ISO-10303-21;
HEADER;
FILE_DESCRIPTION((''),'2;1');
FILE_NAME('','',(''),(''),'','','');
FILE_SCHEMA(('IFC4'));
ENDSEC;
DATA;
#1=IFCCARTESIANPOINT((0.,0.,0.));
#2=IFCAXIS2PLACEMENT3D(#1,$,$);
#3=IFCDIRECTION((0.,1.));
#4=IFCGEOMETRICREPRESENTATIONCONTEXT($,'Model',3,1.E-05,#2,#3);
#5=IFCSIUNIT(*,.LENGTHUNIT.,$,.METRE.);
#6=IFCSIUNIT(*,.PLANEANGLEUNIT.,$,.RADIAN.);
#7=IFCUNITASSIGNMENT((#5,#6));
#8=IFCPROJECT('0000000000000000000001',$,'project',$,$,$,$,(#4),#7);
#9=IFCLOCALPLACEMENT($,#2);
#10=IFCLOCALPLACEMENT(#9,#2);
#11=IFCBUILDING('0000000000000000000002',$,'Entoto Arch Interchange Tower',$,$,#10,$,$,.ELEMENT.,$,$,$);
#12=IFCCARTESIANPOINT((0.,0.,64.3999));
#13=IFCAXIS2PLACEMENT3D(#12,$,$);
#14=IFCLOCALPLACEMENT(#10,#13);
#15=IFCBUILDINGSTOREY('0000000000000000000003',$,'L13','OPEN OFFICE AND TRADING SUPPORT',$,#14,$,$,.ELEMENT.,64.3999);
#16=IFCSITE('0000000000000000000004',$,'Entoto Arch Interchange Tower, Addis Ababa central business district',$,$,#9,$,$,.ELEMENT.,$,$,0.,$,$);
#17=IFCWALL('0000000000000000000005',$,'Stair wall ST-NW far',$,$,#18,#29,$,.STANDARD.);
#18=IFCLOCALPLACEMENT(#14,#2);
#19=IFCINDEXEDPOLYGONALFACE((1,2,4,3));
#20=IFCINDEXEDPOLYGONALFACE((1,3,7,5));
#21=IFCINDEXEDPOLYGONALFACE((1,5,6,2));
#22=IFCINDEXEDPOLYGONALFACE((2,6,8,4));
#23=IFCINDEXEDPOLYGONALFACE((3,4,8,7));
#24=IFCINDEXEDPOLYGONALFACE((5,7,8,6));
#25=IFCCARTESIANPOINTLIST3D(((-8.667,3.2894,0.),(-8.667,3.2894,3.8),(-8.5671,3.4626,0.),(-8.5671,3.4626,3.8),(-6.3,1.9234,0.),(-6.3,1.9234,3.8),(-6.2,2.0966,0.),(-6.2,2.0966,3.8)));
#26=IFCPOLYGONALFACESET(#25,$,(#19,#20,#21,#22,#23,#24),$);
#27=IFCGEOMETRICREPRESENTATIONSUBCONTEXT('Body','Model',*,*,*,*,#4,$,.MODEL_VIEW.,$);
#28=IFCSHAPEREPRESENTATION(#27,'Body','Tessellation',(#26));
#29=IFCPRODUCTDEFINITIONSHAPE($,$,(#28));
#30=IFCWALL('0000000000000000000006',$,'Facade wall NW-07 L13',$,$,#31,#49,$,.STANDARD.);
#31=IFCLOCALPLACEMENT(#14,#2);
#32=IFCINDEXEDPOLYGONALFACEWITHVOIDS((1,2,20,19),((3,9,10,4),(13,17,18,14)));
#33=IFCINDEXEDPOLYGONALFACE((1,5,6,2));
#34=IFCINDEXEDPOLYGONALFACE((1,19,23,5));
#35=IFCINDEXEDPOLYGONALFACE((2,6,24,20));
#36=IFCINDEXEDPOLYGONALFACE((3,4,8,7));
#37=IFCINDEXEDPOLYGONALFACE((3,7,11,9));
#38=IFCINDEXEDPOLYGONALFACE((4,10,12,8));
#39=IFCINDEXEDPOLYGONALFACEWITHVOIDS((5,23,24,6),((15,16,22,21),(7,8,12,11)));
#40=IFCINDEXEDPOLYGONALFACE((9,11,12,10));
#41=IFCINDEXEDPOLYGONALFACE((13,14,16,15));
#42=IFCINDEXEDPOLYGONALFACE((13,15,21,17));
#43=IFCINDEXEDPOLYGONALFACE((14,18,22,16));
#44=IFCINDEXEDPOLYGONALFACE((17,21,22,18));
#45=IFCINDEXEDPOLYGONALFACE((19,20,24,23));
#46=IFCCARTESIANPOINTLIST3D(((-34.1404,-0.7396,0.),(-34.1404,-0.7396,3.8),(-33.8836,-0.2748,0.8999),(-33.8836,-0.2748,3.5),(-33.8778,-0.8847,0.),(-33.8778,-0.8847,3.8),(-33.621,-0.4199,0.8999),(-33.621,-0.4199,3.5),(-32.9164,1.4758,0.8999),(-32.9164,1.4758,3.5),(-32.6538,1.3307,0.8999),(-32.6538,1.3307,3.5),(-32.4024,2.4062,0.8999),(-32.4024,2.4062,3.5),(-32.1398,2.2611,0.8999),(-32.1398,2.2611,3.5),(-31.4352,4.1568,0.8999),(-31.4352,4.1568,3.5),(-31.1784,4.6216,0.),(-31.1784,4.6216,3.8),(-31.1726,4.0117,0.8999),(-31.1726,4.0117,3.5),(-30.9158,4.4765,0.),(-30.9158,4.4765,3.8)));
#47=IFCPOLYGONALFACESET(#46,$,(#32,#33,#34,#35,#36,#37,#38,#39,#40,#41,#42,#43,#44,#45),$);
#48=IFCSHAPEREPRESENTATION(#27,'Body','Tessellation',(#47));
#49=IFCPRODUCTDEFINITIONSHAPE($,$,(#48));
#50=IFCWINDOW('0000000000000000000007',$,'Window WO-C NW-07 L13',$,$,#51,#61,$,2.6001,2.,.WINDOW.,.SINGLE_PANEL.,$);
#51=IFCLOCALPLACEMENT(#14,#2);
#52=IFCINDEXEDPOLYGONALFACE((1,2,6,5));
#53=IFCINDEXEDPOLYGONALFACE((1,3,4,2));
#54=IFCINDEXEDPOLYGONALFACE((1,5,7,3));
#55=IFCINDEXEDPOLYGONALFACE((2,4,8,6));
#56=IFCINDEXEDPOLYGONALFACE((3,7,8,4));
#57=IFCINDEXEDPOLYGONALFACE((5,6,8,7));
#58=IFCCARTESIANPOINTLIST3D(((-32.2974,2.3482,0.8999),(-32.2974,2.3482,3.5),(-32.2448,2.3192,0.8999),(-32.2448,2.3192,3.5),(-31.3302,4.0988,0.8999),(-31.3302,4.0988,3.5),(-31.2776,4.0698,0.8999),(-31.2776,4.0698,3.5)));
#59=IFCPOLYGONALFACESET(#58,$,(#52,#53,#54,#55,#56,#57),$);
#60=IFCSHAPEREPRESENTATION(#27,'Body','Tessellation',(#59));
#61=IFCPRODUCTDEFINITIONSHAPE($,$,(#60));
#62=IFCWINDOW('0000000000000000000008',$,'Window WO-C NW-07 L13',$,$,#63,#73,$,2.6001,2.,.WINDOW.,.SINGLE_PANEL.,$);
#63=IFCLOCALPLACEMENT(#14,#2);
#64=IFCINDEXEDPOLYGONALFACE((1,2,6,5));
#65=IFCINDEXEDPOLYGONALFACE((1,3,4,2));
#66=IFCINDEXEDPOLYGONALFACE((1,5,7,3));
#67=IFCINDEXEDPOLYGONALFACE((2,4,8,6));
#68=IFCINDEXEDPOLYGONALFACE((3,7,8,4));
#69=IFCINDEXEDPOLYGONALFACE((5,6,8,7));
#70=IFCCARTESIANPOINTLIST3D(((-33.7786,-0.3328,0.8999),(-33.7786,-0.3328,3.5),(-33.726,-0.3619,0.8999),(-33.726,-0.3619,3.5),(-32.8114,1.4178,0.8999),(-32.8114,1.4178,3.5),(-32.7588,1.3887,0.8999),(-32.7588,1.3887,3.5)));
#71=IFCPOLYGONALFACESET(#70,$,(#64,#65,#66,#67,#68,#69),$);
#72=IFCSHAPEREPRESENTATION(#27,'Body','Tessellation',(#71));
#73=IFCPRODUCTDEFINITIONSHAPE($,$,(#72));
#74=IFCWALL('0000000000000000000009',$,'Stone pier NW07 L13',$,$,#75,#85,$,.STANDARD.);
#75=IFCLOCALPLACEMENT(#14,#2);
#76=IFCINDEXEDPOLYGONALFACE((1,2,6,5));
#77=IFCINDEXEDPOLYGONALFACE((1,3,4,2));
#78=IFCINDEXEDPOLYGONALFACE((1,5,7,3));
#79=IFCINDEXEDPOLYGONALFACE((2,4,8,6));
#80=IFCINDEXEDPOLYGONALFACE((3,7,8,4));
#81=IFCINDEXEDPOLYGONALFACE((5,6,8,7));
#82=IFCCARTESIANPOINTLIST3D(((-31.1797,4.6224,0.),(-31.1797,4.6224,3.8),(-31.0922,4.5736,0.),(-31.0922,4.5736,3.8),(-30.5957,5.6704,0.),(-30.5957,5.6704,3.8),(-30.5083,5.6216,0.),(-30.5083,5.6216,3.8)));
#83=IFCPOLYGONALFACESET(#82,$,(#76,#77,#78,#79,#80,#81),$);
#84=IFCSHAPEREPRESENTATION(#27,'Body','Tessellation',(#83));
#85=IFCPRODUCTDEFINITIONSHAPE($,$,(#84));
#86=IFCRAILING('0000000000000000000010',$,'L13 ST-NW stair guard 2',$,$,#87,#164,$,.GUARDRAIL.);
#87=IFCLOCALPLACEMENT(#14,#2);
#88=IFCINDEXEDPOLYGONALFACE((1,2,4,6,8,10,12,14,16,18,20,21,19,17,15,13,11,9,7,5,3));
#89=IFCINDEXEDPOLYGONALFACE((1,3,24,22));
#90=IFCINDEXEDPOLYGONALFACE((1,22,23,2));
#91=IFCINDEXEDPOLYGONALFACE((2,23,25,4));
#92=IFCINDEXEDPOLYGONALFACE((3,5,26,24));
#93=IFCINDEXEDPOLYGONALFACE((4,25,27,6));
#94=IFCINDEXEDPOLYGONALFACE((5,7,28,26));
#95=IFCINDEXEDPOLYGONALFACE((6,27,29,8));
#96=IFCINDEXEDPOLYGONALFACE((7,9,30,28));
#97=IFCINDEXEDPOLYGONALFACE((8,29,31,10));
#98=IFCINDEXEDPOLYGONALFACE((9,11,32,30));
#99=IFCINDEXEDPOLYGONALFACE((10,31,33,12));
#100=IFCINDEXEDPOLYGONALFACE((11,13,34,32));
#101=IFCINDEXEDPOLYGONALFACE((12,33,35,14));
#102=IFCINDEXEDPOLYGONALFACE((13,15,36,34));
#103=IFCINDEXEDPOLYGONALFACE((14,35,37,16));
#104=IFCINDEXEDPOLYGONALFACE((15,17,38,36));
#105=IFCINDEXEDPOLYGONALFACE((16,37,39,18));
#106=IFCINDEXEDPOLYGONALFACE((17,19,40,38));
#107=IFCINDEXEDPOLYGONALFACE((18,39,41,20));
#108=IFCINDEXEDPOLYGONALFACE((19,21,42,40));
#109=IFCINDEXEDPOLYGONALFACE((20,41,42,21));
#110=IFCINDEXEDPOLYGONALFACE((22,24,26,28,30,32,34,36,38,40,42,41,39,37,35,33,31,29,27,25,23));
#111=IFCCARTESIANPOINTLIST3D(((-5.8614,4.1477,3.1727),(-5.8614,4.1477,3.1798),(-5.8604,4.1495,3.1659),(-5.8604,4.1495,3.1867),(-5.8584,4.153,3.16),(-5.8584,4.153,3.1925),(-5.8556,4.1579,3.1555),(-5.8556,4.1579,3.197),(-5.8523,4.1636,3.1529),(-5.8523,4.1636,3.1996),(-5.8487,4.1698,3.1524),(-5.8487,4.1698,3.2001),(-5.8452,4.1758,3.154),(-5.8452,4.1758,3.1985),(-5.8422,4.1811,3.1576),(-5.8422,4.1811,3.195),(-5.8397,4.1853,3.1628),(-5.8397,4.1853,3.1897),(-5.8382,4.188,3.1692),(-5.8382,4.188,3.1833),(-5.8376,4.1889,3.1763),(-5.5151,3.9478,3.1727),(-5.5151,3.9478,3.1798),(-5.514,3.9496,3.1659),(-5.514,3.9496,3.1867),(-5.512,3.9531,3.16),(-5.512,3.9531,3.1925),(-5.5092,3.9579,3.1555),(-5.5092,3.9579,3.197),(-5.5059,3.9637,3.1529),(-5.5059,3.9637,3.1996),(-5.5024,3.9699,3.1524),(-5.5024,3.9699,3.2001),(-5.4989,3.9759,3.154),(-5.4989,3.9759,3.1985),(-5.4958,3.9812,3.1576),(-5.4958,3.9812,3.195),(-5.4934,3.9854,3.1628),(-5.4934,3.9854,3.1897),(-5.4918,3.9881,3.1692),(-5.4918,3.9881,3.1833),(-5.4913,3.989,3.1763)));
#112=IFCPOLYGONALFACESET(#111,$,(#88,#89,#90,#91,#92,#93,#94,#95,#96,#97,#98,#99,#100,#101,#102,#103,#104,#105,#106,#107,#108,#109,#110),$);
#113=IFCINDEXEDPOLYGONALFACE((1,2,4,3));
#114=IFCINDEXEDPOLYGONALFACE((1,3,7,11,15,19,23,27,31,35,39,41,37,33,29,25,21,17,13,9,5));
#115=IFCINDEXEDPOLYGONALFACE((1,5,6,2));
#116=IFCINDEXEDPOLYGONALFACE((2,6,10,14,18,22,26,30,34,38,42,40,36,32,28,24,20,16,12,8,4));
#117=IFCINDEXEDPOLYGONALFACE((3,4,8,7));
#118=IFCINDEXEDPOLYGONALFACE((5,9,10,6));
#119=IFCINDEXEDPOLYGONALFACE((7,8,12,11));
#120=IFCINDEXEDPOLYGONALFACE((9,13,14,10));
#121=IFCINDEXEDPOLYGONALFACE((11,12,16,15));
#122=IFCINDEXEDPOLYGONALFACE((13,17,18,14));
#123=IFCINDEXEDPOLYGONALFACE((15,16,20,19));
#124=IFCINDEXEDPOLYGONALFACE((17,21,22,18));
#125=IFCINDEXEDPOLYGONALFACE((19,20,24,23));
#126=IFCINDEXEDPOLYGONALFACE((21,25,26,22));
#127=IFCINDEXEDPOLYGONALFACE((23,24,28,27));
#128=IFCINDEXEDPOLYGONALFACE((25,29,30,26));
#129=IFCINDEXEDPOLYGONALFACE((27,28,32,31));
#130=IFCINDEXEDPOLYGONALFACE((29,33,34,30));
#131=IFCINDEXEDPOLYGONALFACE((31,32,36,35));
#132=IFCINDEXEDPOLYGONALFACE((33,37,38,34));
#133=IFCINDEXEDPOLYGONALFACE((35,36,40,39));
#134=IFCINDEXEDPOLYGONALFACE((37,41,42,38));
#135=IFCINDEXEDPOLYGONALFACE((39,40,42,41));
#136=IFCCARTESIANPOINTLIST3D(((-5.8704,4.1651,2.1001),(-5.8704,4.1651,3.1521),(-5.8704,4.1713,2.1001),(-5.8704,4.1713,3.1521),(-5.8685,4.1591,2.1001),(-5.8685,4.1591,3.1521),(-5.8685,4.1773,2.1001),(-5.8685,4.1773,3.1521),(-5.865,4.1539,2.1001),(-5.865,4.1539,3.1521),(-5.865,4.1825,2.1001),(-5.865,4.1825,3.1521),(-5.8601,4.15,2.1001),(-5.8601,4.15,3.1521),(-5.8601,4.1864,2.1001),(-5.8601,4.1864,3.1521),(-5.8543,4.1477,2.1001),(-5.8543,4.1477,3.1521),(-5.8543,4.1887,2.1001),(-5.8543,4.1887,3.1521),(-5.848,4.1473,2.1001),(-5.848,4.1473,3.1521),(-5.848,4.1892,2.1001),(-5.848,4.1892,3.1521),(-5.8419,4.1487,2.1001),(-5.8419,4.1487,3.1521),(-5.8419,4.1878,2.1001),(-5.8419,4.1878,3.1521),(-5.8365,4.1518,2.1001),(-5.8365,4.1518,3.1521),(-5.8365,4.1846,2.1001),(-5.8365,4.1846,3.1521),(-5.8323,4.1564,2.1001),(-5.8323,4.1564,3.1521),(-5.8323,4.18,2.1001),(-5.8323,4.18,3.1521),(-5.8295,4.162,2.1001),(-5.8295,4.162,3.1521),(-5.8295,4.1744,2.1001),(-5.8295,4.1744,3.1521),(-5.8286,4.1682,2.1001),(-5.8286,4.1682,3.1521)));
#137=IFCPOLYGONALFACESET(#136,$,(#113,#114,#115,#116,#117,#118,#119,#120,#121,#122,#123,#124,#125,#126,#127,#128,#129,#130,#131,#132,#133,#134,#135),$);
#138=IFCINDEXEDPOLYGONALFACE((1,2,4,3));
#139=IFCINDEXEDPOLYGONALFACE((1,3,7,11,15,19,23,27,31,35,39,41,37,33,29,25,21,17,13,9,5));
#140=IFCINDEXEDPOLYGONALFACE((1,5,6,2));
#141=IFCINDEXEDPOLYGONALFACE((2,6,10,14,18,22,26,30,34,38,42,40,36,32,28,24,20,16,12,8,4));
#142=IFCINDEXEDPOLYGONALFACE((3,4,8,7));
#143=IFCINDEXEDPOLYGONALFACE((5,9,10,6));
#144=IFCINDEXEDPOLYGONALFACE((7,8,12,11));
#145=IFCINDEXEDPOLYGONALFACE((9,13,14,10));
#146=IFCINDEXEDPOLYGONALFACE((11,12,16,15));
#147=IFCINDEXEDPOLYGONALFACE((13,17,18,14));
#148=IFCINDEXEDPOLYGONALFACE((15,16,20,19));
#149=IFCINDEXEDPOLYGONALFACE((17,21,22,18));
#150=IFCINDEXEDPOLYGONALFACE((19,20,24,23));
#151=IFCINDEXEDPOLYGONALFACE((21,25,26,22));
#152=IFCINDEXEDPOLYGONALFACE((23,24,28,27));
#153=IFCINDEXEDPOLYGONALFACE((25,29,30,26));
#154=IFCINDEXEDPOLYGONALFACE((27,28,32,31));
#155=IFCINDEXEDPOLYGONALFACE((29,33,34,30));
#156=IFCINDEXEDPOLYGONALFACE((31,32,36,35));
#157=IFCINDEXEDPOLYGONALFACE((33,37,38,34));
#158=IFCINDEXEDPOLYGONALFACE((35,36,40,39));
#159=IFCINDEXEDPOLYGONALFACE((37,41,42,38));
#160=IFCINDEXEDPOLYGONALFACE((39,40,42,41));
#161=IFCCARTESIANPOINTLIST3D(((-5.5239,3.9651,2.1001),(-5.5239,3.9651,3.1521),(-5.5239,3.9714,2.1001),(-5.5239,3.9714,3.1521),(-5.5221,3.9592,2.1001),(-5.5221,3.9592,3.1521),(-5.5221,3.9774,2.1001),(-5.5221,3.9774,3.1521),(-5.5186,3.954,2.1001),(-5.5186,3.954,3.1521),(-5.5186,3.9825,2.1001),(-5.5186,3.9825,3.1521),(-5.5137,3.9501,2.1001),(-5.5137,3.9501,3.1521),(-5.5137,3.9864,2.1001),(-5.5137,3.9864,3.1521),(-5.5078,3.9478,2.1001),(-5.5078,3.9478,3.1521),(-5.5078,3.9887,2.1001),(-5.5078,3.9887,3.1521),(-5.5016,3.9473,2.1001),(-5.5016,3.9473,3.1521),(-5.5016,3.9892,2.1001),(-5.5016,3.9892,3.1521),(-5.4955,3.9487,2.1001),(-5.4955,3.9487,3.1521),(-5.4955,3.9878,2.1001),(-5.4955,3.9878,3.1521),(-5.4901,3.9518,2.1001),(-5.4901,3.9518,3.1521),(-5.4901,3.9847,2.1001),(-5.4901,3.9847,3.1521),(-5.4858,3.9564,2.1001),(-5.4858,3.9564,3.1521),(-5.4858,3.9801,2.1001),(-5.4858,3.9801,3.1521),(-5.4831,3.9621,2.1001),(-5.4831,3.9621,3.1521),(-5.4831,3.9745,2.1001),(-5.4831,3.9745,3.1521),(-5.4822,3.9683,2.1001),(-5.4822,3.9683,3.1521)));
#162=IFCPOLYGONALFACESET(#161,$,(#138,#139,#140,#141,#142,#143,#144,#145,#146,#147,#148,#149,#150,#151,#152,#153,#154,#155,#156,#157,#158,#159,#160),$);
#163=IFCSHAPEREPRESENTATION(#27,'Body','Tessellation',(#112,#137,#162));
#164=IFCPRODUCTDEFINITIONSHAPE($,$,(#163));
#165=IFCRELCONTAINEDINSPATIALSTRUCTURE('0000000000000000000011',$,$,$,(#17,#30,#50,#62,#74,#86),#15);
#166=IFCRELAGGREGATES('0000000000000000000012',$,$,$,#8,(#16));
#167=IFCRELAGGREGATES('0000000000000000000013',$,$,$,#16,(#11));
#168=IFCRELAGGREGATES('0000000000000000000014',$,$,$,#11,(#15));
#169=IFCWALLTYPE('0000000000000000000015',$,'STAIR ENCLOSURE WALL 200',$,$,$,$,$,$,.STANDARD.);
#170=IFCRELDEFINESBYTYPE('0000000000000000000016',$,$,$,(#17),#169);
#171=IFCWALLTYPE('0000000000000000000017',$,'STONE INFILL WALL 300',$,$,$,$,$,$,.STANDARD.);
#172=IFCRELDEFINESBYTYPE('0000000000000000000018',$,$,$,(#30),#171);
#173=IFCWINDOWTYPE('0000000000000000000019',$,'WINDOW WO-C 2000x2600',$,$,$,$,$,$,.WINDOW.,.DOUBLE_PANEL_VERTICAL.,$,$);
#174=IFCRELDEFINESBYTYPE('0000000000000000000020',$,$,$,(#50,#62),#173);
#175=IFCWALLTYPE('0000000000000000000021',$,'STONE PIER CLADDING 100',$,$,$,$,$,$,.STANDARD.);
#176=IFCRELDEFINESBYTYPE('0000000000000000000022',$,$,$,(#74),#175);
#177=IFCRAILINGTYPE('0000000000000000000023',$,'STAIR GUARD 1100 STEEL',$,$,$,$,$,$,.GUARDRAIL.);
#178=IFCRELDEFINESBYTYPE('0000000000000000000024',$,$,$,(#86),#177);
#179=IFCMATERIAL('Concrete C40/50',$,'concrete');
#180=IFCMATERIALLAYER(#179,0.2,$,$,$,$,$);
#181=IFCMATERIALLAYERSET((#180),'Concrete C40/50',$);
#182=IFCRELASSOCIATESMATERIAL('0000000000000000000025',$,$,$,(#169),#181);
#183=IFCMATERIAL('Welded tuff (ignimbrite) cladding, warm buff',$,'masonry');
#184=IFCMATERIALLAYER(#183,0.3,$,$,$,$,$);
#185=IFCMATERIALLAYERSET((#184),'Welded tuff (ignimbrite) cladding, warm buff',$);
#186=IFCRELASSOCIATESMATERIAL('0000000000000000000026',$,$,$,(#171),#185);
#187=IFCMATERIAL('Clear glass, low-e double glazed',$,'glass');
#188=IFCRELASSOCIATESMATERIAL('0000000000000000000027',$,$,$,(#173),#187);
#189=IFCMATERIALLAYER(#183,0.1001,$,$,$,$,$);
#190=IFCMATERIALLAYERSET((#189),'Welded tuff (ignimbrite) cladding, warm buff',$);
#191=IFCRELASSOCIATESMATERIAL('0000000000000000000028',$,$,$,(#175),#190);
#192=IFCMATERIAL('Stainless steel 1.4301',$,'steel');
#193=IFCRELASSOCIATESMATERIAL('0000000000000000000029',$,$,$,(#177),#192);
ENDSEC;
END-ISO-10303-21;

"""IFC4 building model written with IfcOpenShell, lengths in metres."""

from ifc_helpers import new_model, si_unit, direction, frame, frame_2d, origin, origin_2d, place, context, subcontext, project, spatial, rectangle, circle, extrude, material, layer, layer_set, type_object, element, fill, save


model = new_model("IFC4")

# Units and contexts
model_context = context("Model", 3, precision=1e-05, world=origin(), true_north=direction((0.0, 1.0)))
body_context = subcontext(model_context, "Body", "Model", "MODEL_VIEW")
ifc_project = project(units=[si_unit("LENGTHUNIT", "METRE"), si_unit("PLANEANGLEUNIT", "RADIAN")], contexts=[model_context])

# Site, building, storey
site_placement = place(None, origin())
site = spatial("IfcSite", under=ifc_project, at=site_placement, Name="Entoto Arch Interchange Tower, Addis Ababa central business district", CompositionType="ELEMENT", RefElevation=0.0)
building_placement = place(site_placement, origin())
building = spatial("IfcBuilding", under=site, at=building_placement, Name="Entoto Arch Interchange Tower", CompositionType="ELEMENT")
storey_placement = place(building_placement, frame((0.0, 0.0, 64.3999)))
storey = spatial("IfcBuildingStorey", under=building, at=storey_placement, Name="L13", Description="OPEN OFFICE AND TRADING SUPPORT", CompositionType="ELEMENT", Elevation=64.3999)

# Shared definitions
ifc_material_1 = material(Name="Concrete C40/50", Category="concrete")

# Wall
ifc_layer_1 = layer(ifc_material_1, 0.2)
ifc_layer_set_1 = layer_set([ifc_layer_1], Name="Concrete C40/50")
wall_type_1 = type_object("IfcWallType", Name="STAIR ENCLOSURE WALL 200", PredefinedType="STANDARD", material=ifc_layer_set_1)
wall_1_placement = place(storey_placement, frame((-6.25, 2.01, 0.0), z_axis=(0.0, 0.0, 1.0), x_axis=(-0.866119, 0.499838, 0.0)))
element("IfcWall", 1, at=wall_1_placement, inside=storey, type_object=wall_type_1, Name="Stair wall ST-NW far", PredefinedType="STANDARD", context=body_context, shape_type="SweptSolid", body=[
    extrude(rectangle(XDim=2.7329, YDim=0.2, at=frame_2d((1.3665, 0.0))), origin(), (0.0, 0.0, 1.0), 3.8),
])

# Wall, openings, windows
ifc_material_2 = material(Name="Welded tuff (ignimbrite) cladding, warm buff", Category="masonry")
ifc_layer_2 = layer(ifc_material_2, 0.3)
ifc_layer_set_2 = layer_set([ifc_layer_2], Name="Welded tuff (ignimbrite) cladding, warm buff")
wall_type_2 = type_object("IfcWallType", Name="STONE INFILL WALL 300", PredefinedType="STANDARD", material=ifc_layer_set_2)
wall_2_placement = place(storey_placement, frame((-31.0471, 4.5491, 0.0), z_axis=(0.0, 0.0, 1.0), x_axis=(-0.483587, -0.875296, 0.0)))
wall_2 = element("IfcWall", 2, at=wall_2_placement, inside=storey, type_object=wall_type_2, Name="Facade wall NW-07 L13", PredefinedType="STANDARD", context=body_context, shape_type="SweptSolid", body=[
    extrude(rectangle(XDim=6.125, YDim=0.3, at=frame_2d((3.0625, 0.0))), origin(), (0.0, 0.0, 1.0), 3.8),
])
opening_1_placement = place(wall_2_placement, frame((0.531, 0.0, 0.8999)))
opening_1 = element("IfcOpeningElement", 3, at=opening_1_placement, cuts=wall_2, PredefinedType="OPENING", context=body_context, shape_type="SweptSolid", body=[
    extrude(rectangle(XDim=2.0, YDim=2.6001, at=frame_2d((1.0, 1.3))), frame((0.0, 0.1602, 0.0), z_axis=(0.0, -1.0, 0.0), x_axis=(1.0, 0.0, 0.0)), (0.0, 0.0, 1.0), 0.3201),
])
opening_2_placement = place(wall_2_placement, frame((3.594, 0.0, 0.8999)))
opening_2 = element("IfcOpeningElement", 4, at=opening_2_placement, cuts=wall_2, PredefinedType="OPENING", context=body_context, shape_type="SweptSolid", body=[
    extrude(rectangle(XDim=2.0, YDim=2.6001, at=frame_2d((1.0, 1.3))), frame((0.0, 0.1602, 0.0), z_axis=(0.0, -1.0, 0.0), x_axis=(1.0, 0.0, 0.0)), (0.0, 0.0, 1.0), 0.3201),
])
ifc_material_3 = material(Name="Clear glass, low-e double glazed", Category="glass")
window_type = type_object("IfcWindowType", Name="WINDOW WO-C 2000x2600", PartitioningType="DOUBLE_PANEL_VERTICAL", PredefinedType="WINDOW", material=ifc_material_3)
window_1_placement = place(opening_1_placement, origin())
window_1 = element("IfcWindow", 5, at=window_1_placement, inside=storey, type_object=window_type, Name="Window WO-C NW-07 L13", OverallHeight=2.6001, OverallWidth=2.0, PartitioningType="SINGLE_PANEL", PredefinedType="WINDOW", context=body_context, shape_type="SweptSolid", body=[
    extrude(rectangle(XDim=2.0, YDim=2.6001, at=frame_2d((1.0, 1.3))), frame((0.0, 0.03, 0.0), z_axis=(0.0, -1.0, 0.0), x_axis=(1.0, 0.0, 0.0)), (0.0, 0.0, 1.0), 0.0601),
])
fill(opening_1, window_1)
window_2_placement = place(opening_2_placement, origin())
window_2 = element("IfcWindow", 6, at=window_2_placement, inside=storey, type_object=window_type, Name="Window WO-C NW-07 L13", OverallHeight=2.6001, OverallWidth=2.0, PartitioningType="SINGLE_PANEL", PredefinedType="WINDOW", context=body_context, shape_type="SweptSolid", body=[
    extrude(rectangle(XDim=2.0, YDim=2.6001, at=frame_2d((1.0, 1.3))), frame((0.0, 0.03, 0.0), z_axis=(0.0, -1.0, 0.0), x_axis=(1.0, 0.0, 0.0)), (0.0, 0.0, 1.0), 0.0601),
])
fill(opening_2, window_2)

# Wall
ifc_layer_3 = layer(ifc_material_2, 0.1001)
ifc_layer_set_3 = layer_set([ifc_layer_3], Name="Welded tuff (ignimbrite) cladding, warm buff")
wall_type_3 = type_object("IfcWallType", Name="STONE PIER CLADDING 100", PredefinedType="STANDARD", material=ifc_layer_set_3)
wall_3_placement = place(storey_placement, frame((-30.552, 5.646, 0.0), z_axis=(0.0, 0.0, 1.0), x_axis=(-0.486731, -0.873552, 0.0)))
element("IfcWall", 7, at=wall_3_placement, inside=storey, type_object=wall_type_3, Name="Stone pier NW07 L13", PredefinedType="STANDARD", context=body_context, shape_type="SweptSolid", body=[
    extrude(rectangle(XDim=1.1997, YDim=0.1001, at=frame_2d((0.5999, 0.0))), origin(), (0.0, 0.0, 1.0), 3.8),
])

# Railing
ifc_material_4 = material(Name="Stainless steel 1.4301", Category="steel")
railing_type_1 = type_object("IfcRailingType", Name="STAIR GUARD 1100 STEEL", PredefinedType="GUARDRAIL", material=ifc_material_4)
railing_1_placement = place(storey_placement, frame((-5.8496, 4.1682, 2.1001)))
element("IfcRailing", 8, at=railing_1_placement, inside=storey, type_object=railing_type_1, Name="L13 ST-NW stair guard 2", PredefinedType="GUARDRAIL", context=body_context, shape_type="SweptSolid", body=[
    extrude(circle(Radius=0.0239, at=origin_2d()), frame((0.0, 0.0, 1.0762), z_axis=(0.866094, -0.499881, 0.0), x_axis=(0.499881, 0.866094, 0.0)), (0.0, 0.0, 1.0), 0.3999),
    extrude(circle(Radius=0.021, at=origin_2d()), origin(), (0.0, 0.0, 1.0), 1.052),
    extrude(circle(Radius=0.021, at=origin_2d()), frame((0.3464, -0.2, 0.0)), (0.0, 0.0, 1.0), 1.052),
])

save(model, "model.ifc")
